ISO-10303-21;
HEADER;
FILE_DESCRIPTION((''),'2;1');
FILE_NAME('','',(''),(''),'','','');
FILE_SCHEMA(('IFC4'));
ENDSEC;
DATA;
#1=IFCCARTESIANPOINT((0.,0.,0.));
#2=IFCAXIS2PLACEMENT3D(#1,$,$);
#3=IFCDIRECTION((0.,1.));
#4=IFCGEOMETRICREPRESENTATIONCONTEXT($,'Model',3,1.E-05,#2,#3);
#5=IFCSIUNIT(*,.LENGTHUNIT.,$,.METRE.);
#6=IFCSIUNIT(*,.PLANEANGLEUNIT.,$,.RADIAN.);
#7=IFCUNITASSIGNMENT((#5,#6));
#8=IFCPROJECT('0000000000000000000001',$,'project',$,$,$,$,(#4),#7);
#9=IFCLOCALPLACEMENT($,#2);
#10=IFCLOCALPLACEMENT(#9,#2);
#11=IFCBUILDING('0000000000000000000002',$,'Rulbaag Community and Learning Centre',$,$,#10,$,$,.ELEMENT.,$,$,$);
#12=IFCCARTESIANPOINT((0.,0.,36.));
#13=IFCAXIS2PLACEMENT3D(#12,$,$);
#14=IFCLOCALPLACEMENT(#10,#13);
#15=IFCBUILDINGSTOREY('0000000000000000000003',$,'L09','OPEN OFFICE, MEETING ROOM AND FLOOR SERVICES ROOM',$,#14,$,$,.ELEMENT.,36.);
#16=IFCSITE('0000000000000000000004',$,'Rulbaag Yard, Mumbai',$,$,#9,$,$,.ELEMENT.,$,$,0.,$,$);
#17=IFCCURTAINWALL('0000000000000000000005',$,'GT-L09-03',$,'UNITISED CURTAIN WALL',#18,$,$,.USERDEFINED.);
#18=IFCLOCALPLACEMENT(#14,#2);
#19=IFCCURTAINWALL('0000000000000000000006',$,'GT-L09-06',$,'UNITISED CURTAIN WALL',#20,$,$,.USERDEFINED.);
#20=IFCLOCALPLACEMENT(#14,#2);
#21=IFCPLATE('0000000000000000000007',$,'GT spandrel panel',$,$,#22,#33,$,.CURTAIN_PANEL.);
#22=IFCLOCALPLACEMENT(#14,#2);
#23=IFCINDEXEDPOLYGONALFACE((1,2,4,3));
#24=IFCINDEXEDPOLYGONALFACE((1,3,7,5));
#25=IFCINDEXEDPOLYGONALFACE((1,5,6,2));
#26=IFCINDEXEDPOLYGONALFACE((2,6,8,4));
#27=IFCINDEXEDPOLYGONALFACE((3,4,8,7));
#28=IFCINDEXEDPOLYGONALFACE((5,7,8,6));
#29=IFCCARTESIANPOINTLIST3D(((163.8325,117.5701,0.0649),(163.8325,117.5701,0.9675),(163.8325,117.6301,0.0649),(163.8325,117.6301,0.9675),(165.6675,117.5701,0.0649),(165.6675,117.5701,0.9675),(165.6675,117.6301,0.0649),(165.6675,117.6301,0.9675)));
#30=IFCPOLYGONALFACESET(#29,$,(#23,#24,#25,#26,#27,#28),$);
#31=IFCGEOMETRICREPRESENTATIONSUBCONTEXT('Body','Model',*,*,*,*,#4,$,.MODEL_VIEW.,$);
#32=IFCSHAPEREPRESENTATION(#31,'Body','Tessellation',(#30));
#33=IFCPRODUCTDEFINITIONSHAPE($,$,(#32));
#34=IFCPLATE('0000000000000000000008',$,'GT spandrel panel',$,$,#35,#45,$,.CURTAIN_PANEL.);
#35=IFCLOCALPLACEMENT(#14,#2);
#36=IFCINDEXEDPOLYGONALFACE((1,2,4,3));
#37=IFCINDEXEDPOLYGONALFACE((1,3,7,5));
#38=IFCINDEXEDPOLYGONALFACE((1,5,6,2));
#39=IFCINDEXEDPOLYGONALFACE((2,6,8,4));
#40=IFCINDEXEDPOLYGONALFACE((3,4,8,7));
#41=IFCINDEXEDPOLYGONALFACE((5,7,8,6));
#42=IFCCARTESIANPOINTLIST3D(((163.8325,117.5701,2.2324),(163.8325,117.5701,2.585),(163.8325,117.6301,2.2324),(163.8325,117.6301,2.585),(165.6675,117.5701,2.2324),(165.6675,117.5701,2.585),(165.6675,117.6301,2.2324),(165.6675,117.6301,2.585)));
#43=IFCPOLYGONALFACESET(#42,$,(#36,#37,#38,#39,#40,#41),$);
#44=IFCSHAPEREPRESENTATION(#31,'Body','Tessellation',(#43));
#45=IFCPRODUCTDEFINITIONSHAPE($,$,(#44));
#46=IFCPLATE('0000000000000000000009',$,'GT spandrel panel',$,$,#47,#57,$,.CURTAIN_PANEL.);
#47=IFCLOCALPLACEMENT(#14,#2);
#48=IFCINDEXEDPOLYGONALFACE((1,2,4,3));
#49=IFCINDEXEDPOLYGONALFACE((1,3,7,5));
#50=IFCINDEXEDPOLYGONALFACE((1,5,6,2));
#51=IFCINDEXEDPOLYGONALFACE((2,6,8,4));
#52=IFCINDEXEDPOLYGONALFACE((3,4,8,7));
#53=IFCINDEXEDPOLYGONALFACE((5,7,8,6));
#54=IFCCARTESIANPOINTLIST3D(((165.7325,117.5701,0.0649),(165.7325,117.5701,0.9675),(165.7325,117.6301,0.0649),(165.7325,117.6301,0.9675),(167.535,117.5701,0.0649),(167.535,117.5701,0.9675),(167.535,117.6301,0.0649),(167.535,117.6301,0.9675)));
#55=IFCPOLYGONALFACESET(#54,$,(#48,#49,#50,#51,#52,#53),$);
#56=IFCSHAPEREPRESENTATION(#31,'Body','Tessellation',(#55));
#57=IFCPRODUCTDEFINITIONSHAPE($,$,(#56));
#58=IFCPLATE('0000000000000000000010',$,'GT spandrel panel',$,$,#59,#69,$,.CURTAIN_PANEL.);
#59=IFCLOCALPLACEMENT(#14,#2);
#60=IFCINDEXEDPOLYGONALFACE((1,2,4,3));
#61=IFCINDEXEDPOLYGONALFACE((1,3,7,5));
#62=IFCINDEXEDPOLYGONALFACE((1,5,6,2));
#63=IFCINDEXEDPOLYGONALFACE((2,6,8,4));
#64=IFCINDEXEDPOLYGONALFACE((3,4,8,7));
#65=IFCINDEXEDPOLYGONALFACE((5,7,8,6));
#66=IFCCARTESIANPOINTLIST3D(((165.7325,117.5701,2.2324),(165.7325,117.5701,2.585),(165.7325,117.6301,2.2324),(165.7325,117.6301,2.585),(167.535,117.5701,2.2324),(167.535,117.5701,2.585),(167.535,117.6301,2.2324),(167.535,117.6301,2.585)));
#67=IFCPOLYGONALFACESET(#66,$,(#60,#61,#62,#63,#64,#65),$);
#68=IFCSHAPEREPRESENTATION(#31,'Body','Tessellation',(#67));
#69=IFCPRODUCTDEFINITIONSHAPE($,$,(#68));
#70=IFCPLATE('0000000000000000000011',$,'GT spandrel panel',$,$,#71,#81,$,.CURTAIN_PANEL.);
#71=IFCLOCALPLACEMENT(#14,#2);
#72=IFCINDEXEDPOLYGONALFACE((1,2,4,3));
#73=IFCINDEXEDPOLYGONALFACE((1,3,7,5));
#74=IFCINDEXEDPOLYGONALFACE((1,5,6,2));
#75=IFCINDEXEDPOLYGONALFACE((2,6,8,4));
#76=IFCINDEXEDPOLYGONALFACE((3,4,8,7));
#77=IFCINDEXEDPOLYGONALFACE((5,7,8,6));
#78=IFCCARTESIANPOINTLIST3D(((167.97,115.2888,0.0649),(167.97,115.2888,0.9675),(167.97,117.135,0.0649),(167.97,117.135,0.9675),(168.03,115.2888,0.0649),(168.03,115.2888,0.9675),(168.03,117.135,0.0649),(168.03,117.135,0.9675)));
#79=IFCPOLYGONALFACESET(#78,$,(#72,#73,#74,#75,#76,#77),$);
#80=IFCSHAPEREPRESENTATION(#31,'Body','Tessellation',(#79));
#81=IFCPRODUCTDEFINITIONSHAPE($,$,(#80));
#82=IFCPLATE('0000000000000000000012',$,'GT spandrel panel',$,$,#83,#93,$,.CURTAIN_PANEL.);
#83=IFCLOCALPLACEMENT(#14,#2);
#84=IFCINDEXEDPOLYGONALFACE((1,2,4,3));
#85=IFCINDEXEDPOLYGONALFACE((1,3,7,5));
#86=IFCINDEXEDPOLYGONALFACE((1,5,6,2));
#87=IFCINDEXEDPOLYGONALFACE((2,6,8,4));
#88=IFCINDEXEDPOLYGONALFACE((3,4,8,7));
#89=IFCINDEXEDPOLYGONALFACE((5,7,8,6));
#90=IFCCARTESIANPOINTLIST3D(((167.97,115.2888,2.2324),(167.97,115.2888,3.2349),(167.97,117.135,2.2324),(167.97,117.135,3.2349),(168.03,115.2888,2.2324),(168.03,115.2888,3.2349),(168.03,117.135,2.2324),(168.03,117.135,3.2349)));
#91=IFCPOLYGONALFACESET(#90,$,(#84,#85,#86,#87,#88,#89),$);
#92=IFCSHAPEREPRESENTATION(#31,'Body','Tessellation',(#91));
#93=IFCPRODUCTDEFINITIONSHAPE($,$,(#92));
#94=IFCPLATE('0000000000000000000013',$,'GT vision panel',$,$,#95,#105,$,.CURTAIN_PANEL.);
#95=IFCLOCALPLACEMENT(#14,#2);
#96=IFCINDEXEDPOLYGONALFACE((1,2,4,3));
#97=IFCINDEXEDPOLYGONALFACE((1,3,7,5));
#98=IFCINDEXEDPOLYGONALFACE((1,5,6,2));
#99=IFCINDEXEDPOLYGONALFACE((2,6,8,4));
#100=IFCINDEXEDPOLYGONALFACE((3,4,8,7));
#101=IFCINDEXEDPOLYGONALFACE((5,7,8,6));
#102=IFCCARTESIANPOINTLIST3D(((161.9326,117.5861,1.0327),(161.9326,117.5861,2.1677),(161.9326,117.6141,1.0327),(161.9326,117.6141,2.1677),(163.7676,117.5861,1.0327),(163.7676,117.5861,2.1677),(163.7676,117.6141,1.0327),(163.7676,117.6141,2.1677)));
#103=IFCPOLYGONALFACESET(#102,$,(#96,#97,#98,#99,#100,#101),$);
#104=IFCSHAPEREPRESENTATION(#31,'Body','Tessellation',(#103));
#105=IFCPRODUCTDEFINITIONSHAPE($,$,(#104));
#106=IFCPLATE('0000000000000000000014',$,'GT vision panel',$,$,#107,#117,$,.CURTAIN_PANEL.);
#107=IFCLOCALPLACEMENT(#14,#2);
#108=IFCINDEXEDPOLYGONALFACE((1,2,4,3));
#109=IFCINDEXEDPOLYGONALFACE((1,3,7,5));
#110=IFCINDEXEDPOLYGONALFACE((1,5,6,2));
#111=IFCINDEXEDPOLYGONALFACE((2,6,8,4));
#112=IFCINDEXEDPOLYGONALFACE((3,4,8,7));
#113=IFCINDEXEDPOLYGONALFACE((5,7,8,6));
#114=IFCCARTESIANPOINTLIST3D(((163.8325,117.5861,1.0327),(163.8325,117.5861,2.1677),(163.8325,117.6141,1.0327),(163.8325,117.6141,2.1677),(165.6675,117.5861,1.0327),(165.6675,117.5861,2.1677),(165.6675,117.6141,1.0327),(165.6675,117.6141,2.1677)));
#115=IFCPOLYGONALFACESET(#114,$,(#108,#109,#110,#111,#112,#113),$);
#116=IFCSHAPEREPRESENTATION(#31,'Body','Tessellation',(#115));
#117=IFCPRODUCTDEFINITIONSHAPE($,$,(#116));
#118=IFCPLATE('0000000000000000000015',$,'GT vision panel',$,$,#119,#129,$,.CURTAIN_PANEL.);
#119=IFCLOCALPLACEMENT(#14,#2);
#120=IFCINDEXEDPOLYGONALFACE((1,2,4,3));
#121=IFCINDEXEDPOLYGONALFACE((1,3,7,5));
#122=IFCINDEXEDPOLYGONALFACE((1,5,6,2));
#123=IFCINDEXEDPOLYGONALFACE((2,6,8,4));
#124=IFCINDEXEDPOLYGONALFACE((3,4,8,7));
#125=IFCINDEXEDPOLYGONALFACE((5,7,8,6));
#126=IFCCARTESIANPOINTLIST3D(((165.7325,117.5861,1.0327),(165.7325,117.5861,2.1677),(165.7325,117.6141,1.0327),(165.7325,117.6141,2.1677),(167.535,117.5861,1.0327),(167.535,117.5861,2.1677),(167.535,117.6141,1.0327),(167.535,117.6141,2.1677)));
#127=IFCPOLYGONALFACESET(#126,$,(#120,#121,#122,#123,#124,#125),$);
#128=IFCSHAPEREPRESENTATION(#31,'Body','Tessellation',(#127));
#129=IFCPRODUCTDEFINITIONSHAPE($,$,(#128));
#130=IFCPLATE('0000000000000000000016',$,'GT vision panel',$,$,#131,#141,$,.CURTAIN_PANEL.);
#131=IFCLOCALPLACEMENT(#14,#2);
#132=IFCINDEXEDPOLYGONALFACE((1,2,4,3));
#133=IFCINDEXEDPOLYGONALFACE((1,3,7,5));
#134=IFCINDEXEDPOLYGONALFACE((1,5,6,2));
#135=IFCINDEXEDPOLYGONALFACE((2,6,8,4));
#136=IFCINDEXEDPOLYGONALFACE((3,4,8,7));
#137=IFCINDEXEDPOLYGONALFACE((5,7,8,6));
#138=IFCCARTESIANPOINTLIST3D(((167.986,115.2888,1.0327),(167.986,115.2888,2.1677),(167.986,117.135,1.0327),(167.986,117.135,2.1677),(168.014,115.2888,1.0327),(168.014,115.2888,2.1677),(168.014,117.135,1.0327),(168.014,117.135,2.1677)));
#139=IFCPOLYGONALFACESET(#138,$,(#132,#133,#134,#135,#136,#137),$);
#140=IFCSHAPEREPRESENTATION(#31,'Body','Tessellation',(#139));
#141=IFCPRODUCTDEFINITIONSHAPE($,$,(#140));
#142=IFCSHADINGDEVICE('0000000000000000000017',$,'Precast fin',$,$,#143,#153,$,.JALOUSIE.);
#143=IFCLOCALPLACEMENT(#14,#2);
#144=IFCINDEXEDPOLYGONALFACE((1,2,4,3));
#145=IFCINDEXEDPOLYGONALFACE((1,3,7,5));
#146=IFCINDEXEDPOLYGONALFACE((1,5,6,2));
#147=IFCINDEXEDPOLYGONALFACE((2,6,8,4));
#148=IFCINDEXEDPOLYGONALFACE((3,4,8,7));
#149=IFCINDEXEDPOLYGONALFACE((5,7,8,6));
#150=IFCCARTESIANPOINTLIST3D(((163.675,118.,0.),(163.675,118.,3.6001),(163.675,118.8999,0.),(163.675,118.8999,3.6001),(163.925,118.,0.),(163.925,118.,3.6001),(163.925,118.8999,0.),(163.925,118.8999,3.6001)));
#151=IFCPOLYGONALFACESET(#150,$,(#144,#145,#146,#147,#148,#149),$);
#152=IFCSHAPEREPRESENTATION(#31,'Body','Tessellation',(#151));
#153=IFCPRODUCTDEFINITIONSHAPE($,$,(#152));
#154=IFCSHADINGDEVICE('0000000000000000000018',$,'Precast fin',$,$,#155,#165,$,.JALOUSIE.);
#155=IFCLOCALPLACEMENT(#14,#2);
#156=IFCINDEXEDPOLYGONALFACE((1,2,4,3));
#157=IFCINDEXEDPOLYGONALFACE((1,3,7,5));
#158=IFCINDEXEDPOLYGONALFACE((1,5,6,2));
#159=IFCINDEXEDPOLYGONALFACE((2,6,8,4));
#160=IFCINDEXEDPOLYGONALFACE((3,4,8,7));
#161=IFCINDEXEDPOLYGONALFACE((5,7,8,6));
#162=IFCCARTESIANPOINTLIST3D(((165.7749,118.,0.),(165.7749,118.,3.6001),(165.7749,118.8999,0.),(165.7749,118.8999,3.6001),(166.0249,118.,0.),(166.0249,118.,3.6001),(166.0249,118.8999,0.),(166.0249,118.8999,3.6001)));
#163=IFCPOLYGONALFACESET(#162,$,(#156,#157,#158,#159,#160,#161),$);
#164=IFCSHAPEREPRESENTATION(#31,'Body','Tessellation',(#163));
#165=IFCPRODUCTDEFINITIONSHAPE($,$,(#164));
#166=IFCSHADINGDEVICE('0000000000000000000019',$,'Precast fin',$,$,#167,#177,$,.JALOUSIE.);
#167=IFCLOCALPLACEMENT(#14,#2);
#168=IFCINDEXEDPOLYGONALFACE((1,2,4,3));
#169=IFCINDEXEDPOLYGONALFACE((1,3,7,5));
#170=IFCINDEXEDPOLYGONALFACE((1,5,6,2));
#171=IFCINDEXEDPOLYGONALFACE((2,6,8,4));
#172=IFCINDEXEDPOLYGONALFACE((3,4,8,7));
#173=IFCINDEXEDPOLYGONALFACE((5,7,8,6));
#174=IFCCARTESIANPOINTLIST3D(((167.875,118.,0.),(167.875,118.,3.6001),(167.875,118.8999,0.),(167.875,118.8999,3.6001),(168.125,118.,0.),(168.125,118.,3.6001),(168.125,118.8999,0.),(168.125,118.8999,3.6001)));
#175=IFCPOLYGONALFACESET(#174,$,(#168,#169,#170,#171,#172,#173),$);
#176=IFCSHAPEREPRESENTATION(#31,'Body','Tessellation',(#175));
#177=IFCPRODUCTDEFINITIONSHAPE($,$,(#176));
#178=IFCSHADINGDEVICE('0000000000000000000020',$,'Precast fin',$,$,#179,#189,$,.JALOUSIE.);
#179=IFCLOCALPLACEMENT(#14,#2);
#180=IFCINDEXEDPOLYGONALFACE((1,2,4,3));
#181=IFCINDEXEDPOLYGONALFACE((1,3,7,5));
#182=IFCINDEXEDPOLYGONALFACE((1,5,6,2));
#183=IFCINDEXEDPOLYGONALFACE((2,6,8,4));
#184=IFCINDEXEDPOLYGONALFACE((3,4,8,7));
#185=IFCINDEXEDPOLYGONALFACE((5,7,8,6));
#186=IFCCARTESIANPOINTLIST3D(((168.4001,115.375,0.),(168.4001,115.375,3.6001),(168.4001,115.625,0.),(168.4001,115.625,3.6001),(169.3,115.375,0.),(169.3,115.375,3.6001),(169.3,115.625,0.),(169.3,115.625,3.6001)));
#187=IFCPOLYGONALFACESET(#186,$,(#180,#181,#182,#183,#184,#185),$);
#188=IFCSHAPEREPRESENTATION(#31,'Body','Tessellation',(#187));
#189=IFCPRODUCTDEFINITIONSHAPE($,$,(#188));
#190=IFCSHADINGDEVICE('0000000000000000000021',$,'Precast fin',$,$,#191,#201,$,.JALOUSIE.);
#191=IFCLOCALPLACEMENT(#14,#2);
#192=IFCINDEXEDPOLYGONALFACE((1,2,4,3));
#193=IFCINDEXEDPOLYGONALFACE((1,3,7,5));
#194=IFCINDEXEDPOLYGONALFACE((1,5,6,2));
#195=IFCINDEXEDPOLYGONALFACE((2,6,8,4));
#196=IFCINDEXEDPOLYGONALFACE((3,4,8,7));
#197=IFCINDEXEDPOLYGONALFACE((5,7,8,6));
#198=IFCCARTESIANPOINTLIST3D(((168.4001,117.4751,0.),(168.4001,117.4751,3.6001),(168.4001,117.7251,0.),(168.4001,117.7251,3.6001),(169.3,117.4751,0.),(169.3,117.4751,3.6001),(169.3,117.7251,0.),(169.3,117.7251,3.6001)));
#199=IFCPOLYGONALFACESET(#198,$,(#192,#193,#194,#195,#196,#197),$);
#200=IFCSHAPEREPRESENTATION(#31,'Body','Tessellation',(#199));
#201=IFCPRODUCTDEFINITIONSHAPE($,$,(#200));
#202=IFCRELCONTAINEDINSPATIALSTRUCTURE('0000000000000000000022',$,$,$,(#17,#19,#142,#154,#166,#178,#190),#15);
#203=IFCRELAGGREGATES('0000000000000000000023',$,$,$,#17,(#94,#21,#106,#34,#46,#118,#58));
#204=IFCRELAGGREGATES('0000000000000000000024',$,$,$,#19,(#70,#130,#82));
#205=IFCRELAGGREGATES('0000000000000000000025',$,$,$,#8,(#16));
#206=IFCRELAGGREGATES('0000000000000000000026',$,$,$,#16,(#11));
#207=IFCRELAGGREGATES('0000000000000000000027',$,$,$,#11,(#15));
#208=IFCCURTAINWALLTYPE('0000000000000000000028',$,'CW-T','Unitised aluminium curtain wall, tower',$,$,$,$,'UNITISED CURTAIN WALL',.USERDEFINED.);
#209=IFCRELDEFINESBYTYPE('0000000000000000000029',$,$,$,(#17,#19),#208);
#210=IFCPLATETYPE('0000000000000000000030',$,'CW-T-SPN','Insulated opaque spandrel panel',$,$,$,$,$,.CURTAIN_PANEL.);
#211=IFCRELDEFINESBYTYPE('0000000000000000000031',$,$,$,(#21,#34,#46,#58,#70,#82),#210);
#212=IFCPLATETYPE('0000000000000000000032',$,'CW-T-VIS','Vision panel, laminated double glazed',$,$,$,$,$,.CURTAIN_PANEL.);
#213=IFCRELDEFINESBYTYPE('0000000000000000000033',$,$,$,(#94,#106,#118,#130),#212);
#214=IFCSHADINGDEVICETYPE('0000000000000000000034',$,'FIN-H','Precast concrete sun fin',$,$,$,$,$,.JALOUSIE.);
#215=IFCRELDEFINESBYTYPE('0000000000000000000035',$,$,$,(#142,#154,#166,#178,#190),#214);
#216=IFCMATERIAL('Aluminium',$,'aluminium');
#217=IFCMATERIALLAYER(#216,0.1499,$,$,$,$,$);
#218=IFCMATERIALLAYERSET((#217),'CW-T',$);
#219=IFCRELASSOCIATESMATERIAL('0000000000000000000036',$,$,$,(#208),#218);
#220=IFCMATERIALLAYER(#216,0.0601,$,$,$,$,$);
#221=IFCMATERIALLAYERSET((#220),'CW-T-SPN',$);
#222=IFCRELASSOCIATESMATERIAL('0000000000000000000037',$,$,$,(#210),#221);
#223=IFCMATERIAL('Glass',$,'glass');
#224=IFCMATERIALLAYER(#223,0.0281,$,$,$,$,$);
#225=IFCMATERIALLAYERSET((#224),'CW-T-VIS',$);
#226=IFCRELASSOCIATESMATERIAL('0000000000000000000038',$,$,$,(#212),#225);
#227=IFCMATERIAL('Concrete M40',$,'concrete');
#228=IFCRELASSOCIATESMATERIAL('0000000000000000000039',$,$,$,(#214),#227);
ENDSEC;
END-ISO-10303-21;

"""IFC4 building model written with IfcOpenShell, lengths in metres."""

from ifc_helpers import new_model, si_unit, direction, frame, origin, origin_2d, place, context, subcontext, project, spatial, rectangle, extrude, material, layer, layer_set, material_profile, profile_set, type_object, element, aggregate, save


model = new_model("IFC4")

# Units and contexts
model_context = context("Model", 3, precision=1e-05, world=origin(), true_north=direction((0.0, 1.0)))
body_context = subcontext(model_context, "Body", "Model", "MODEL_VIEW")
ifc_project = project(units=[si_unit("LENGTHUNIT", "METRE"), si_unit("PLANEANGLEUNIT", "RADIAN")], contexts=[model_context])

# Site, building, storey
site_placement = place(None, origin())
site = spatial("IfcSite", under=ifc_project, at=site_placement, Name="Rulbaag Yard, Mumbai", CompositionType="ELEMENT", RefElevation=0.0)
building_placement = place(site_placement, origin())
building = spatial("IfcBuilding", under=site, at=building_placement, Name="Rulbaag Community and Learning Centre", CompositionType="ELEMENT")
storey_placement = place(building_placement, frame((0.0, 0.0, 36.0)))
storey = spatial("IfcBuildingStorey", under=building, at=storey_placement, Name="L09", Description="OPEN OFFICE, MEETING ROOM AND FLOOR SERVICES ROOM", CompositionType="ELEMENT", Elevation=36.0)

# Curtain wall
ifc_material_1 = material(Name="Aluminium", Category="aluminium")
ifc_layer_1 = layer(ifc_material_1, 0.1499)
ifc_layer_set_1 = layer_set([ifc_layer_1], Name="CW-T")
curtain_wall_type = type_object("IfcCurtainWallType", Name="CW-T", Description="Unitised aluminium curtain wall, tower", ElementType="UNITISED CURTAIN WALL", PredefinedType="USERDEFINED", material=ifc_layer_set_1)
curtain_wall_1_placement = place(storey_placement, origin())
curtain_wall_1 = element("IfcCurtainWall", 1, at=curtain_wall_1_placement, inside=storey, type_object=curtain_wall_type, Name="GT-L09-03", ObjectType="UNITISED CURTAIN WALL", PredefinedType="USERDEFINED")

# Curtain wall
curtain_wall_2_placement = place(storey_placement, origin())
curtain_wall_2 = element("IfcCurtainWall", 2, at=curtain_wall_2_placement, inside=storey, type_object=curtain_wall_type, Name="GT-L09-06", ObjectType="UNITISED CURTAIN WALL", PredefinedType="USERDEFINED")

# Plates
ifc_layer_2 = layer(ifc_material_1, 0.0601)
ifc_layer_set_2 = layer_set([ifc_layer_2], Name="CW-T-SPN")
plate_type_1 = type_object("IfcPlateType", Name="CW-T-SPN", Description="Insulated opaque spandrel panel", PredefinedType="CURTAIN_PANEL", material=ifc_layer_set_2)
plate_1_placement = place(storey_placement, frame((164.75, 117.6001, 0.0649), z_axis=(0.0, 0.0, 1.0), x_axis=(1.0, 0.0, 0.0)))
plate_1 = element("IfcPlate", 3, at=plate_1_placement, type_object=plate_type_1, Name="GT spandrel panel", PredefinedType="CURTAIN_PANEL", context=body_context, shape_type="SweptSolid", body=[
    extrude(rectangle(XDim=1.835, YDim=0.0601, at=origin_2d()), origin(), (0.0, 0.0, 1.0), 0.9026),
])
plate_2_placement = place(storey_placement, frame((164.75, 117.6001, 2.2324), z_axis=(0.0, 0.0, 1.0), x_axis=(1.0, 0.0, 0.0)))
plate_2 = element("IfcPlate", 4, at=plate_2_placement, type_object=plate_type_1, Name="GT spandrel panel", PredefinedType="CURTAIN_PANEL", context=body_context, shape_type="SweptSolid", body=[
    extrude(rectangle(XDim=1.835, YDim=0.0601, at=origin_2d()), origin(), (0.0, 0.0, 1.0), 0.3525),
])
plate_3_placement = place(storey_placement, frame((166.6338, 117.6001, 0.0649), z_axis=(0.0, 0.0, 1.0), x_axis=(1.0, 0.0, 0.0)))
plate_3 = element("IfcPlate", 5, at=plate_3_placement, type_object=plate_type_1, Name="GT spandrel panel", PredefinedType="CURTAIN_PANEL", context=body_context, shape_type="SweptSolid", body=[
    extrude(rectangle(XDim=1.8025, YDim=0.0601, at=origin_2d()), origin(), (0.0, 0.0, 1.0), 0.9026),
])
plate_4_placement = place(storey_placement, frame((166.6338, 117.6001, 2.2324), z_axis=(0.0, 0.0, 1.0), x_axis=(1.0, 0.0, 0.0)))
plate_4 = element("IfcPlate", 6, at=plate_4_placement, type_object=plate_type_1, Name="GT spandrel panel", PredefinedType="CURTAIN_PANEL", context=body_context, shape_type="SweptSolid", body=[
    extrude(rectangle(XDim=1.8025, YDim=0.0601, at=origin_2d()), origin(), (0.0, 0.0, 1.0), 0.3525),
])
plate_5_placement = place(storey_placement, frame((168.0, 116.2119, 0.0649), z_axis=(0.0, 0.0, 1.0), x_axis=(0.0, 1.0, 0.0)))
plate_5 = element("IfcPlate", 7, at=plate_5_placement, type_object=plate_type_1, Name="GT spandrel panel", PredefinedType="CURTAIN_PANEL", context=body_context, shape_type="SweptSolid", body=[
    extrude(rectangle(XDim=1.8462, YDim=0.0601, at=origin_2d()), origin(), (0.0, 0.0, 1.0), 0.9026),
])
plate_6_placement = place(storey_placement, frame((168.0, 116.2119, 2.2324), z_axis=(0.0, 0.0, 1.0), x_axis=(0.0, 1.0, 0.0)))
plate_6 = element("IfcPlate", 8, at=plate_6_placement, type_object=plate_type_1, Name="GT spandrel panel", PredefinedType="CURTAIN_PANEL", context=body_context, shape_type="SweptSolid", body=[
    extrude(rectangle(XDim=1.8462, YDim=0.0601, at=origin_2d()), origin(), (0.0, 0.0, 1.0), 1.0024),
])
ifc_material_2 = material(Name="Glass", Category="glass")
ifc_layer_3 = layer(ifc_material_2, 0.0281)
ifc_layer_set_3 = layer_set([ifc_layer_3], Name="CW-T-VIS")
plate_type_2 = type_object("IfcPlateType", Name="CW-T-VIS", Description="Vision panel, laminated double glazed", PredefinedType="CURTAIN_PANEL", material=ifc_layer_set_3)
plate_7_placement = place(storey_placement, frame((162.8501, 117.6001, 1.0327), z_axis=(0.0, 0.0, 1.0), x_axis=(1.0, 0.0, 0.0)))
plate_7 = element("IfcPlate", 9, at=plate_7_placement, type_object=plate_type_2, Name="GT vision panel", PredefinedType="CURTAIN_PANEL", context=body_context, shape_type="SweptSolid", body=[
    extrude(rectangle(XDim=1.835, YDim=0.0281, at=origin_2d()), origin(), (0.0, 0.0, 1.0), 1.135),
])
plate_8_placement = place(storey_placement, frame((164.75, 117.6001, 1.0327), z_axis=(0.0, 0.0, 1.0), x_axis=(1.0, 0.0, 0.0)))
plate_8 = element("IfcPlate", 10, at=plate_8_placement, type_object=plate_type_2, Name="GT vision panel", PredefinedType="CURTAIN_PANEL", context=body_context, shape_type="SweptSolid", body=[
    extrude(rectangle(XDim=1.835, YDim=0.0281, at=origin_2d()), origin(), (0.0, 0.0, 1.0), 1.135),
])
plate_9_placement = place(storey_placement, frame((166.6338, 117.6001, 1.0327), z_axis=(0.0, 0.0, 1.0), x_axis=(1.0, 0.0, 0.0)))
plate_9 = element("IfcPlate", 11, at=plate_9_placement, type_object=plate_type_2, Name="GT vision panel", PredefinedType="CURTAIN_PANEL", context=body_context, shape_type="SweptSolid", body=[
    extrude(rectangle(XDim=1.8025, YDim=0.0281, at=origin_2d()), origin(), (0.0, 0.0, 1.0), 1.135),
])
aggregate(curtain_wall_1, [plate_7, plate_1, plate_8, plate_2, plate_3, plate_9, plate_4])
plate_10_placement = place(storey_placement, frame((168.0, 116.2119, 1.0327), z_axis=(0.0, 0.0, 1.0), x_axis=(0.0, 1.0, 0.0)))
plate_10 = element("IfcPlate", 12, at=plate_10_placement, type_object=plate_type_2, Name="GT vision panel", PredefinedType="CURTAIN_PANEL", context=body_context, shape_type="SweptSolid", body=[
    extrude(rectangle(XDim=1.8462, YDim=0.0281, at=origin_2d()), origin(), (0.0, 0.0, 1.0), 1.135),
])
aggregate(curtain_wall_2, [plate_5, plate_10, plate_6])

# Shading devices
ifc_material_3 = material(Name="Concrete M40", Category="concrete")
ifc_material_profile_1 = material_profile(ifc_material_3, rectangle(XDim=0.25, YDim=0.8999, at=origin_2d()), Name="PC 250x900")
ifc_profile_set_1 = profile_set([ifc_material_profile_1], Name="Concrete M40")
shading_device_type = type_object("IfcShadingDeviceType", Name="FIN-H", Description="Precast concrete sun fin", PredefinedType="JALOUSIE", material=ifc_profile_set_1)
for number, where, z_axis, x_axis, name in (
    (13, (163.8, 118.45, 0.0), (0.0, 0.0, 1.0), (1.0, 0.0, 0.0), "Precast fin"),
    (14, (165.8999, 118.45, 0.0), (0.0, 0.0, 1.0), (1.0, 0.0, 0.0), "Precast fin"),
    (15, (168.0, 118.45, 0.0), (0.0, 0.0, 1.0), (1.0, 0.0, 0.0), "Precast fin"),
    (16, (168.8501, 115.5, 0.0), (0.0, 0.0, 1.0), (0.0, 1.0, 0.0), "Precast fin"),
    (17, (168.8501, 117.6001, 0.0), (0.0, 0.0, 1.0), (0.0, 1.0, 0.0), "Precast fin"),
):
    element("IfcShadingDevice", number, at=place(storey_placement, frame(where, z_axis=z_axis, x_axis=x_axis)), inside=storey, type_object=shading_device_type, Name=name, PredefinedType="JALOUSIE", context=body_context, shape_type="SweptSolid", body=[
        extrude(rectangle(XDim=0.25, YDim=0.8999, at=origin_2d()), origin(), (0.0, 0.0, 1.0), 3.6001),
    ])

save(model, "model.ifc")
